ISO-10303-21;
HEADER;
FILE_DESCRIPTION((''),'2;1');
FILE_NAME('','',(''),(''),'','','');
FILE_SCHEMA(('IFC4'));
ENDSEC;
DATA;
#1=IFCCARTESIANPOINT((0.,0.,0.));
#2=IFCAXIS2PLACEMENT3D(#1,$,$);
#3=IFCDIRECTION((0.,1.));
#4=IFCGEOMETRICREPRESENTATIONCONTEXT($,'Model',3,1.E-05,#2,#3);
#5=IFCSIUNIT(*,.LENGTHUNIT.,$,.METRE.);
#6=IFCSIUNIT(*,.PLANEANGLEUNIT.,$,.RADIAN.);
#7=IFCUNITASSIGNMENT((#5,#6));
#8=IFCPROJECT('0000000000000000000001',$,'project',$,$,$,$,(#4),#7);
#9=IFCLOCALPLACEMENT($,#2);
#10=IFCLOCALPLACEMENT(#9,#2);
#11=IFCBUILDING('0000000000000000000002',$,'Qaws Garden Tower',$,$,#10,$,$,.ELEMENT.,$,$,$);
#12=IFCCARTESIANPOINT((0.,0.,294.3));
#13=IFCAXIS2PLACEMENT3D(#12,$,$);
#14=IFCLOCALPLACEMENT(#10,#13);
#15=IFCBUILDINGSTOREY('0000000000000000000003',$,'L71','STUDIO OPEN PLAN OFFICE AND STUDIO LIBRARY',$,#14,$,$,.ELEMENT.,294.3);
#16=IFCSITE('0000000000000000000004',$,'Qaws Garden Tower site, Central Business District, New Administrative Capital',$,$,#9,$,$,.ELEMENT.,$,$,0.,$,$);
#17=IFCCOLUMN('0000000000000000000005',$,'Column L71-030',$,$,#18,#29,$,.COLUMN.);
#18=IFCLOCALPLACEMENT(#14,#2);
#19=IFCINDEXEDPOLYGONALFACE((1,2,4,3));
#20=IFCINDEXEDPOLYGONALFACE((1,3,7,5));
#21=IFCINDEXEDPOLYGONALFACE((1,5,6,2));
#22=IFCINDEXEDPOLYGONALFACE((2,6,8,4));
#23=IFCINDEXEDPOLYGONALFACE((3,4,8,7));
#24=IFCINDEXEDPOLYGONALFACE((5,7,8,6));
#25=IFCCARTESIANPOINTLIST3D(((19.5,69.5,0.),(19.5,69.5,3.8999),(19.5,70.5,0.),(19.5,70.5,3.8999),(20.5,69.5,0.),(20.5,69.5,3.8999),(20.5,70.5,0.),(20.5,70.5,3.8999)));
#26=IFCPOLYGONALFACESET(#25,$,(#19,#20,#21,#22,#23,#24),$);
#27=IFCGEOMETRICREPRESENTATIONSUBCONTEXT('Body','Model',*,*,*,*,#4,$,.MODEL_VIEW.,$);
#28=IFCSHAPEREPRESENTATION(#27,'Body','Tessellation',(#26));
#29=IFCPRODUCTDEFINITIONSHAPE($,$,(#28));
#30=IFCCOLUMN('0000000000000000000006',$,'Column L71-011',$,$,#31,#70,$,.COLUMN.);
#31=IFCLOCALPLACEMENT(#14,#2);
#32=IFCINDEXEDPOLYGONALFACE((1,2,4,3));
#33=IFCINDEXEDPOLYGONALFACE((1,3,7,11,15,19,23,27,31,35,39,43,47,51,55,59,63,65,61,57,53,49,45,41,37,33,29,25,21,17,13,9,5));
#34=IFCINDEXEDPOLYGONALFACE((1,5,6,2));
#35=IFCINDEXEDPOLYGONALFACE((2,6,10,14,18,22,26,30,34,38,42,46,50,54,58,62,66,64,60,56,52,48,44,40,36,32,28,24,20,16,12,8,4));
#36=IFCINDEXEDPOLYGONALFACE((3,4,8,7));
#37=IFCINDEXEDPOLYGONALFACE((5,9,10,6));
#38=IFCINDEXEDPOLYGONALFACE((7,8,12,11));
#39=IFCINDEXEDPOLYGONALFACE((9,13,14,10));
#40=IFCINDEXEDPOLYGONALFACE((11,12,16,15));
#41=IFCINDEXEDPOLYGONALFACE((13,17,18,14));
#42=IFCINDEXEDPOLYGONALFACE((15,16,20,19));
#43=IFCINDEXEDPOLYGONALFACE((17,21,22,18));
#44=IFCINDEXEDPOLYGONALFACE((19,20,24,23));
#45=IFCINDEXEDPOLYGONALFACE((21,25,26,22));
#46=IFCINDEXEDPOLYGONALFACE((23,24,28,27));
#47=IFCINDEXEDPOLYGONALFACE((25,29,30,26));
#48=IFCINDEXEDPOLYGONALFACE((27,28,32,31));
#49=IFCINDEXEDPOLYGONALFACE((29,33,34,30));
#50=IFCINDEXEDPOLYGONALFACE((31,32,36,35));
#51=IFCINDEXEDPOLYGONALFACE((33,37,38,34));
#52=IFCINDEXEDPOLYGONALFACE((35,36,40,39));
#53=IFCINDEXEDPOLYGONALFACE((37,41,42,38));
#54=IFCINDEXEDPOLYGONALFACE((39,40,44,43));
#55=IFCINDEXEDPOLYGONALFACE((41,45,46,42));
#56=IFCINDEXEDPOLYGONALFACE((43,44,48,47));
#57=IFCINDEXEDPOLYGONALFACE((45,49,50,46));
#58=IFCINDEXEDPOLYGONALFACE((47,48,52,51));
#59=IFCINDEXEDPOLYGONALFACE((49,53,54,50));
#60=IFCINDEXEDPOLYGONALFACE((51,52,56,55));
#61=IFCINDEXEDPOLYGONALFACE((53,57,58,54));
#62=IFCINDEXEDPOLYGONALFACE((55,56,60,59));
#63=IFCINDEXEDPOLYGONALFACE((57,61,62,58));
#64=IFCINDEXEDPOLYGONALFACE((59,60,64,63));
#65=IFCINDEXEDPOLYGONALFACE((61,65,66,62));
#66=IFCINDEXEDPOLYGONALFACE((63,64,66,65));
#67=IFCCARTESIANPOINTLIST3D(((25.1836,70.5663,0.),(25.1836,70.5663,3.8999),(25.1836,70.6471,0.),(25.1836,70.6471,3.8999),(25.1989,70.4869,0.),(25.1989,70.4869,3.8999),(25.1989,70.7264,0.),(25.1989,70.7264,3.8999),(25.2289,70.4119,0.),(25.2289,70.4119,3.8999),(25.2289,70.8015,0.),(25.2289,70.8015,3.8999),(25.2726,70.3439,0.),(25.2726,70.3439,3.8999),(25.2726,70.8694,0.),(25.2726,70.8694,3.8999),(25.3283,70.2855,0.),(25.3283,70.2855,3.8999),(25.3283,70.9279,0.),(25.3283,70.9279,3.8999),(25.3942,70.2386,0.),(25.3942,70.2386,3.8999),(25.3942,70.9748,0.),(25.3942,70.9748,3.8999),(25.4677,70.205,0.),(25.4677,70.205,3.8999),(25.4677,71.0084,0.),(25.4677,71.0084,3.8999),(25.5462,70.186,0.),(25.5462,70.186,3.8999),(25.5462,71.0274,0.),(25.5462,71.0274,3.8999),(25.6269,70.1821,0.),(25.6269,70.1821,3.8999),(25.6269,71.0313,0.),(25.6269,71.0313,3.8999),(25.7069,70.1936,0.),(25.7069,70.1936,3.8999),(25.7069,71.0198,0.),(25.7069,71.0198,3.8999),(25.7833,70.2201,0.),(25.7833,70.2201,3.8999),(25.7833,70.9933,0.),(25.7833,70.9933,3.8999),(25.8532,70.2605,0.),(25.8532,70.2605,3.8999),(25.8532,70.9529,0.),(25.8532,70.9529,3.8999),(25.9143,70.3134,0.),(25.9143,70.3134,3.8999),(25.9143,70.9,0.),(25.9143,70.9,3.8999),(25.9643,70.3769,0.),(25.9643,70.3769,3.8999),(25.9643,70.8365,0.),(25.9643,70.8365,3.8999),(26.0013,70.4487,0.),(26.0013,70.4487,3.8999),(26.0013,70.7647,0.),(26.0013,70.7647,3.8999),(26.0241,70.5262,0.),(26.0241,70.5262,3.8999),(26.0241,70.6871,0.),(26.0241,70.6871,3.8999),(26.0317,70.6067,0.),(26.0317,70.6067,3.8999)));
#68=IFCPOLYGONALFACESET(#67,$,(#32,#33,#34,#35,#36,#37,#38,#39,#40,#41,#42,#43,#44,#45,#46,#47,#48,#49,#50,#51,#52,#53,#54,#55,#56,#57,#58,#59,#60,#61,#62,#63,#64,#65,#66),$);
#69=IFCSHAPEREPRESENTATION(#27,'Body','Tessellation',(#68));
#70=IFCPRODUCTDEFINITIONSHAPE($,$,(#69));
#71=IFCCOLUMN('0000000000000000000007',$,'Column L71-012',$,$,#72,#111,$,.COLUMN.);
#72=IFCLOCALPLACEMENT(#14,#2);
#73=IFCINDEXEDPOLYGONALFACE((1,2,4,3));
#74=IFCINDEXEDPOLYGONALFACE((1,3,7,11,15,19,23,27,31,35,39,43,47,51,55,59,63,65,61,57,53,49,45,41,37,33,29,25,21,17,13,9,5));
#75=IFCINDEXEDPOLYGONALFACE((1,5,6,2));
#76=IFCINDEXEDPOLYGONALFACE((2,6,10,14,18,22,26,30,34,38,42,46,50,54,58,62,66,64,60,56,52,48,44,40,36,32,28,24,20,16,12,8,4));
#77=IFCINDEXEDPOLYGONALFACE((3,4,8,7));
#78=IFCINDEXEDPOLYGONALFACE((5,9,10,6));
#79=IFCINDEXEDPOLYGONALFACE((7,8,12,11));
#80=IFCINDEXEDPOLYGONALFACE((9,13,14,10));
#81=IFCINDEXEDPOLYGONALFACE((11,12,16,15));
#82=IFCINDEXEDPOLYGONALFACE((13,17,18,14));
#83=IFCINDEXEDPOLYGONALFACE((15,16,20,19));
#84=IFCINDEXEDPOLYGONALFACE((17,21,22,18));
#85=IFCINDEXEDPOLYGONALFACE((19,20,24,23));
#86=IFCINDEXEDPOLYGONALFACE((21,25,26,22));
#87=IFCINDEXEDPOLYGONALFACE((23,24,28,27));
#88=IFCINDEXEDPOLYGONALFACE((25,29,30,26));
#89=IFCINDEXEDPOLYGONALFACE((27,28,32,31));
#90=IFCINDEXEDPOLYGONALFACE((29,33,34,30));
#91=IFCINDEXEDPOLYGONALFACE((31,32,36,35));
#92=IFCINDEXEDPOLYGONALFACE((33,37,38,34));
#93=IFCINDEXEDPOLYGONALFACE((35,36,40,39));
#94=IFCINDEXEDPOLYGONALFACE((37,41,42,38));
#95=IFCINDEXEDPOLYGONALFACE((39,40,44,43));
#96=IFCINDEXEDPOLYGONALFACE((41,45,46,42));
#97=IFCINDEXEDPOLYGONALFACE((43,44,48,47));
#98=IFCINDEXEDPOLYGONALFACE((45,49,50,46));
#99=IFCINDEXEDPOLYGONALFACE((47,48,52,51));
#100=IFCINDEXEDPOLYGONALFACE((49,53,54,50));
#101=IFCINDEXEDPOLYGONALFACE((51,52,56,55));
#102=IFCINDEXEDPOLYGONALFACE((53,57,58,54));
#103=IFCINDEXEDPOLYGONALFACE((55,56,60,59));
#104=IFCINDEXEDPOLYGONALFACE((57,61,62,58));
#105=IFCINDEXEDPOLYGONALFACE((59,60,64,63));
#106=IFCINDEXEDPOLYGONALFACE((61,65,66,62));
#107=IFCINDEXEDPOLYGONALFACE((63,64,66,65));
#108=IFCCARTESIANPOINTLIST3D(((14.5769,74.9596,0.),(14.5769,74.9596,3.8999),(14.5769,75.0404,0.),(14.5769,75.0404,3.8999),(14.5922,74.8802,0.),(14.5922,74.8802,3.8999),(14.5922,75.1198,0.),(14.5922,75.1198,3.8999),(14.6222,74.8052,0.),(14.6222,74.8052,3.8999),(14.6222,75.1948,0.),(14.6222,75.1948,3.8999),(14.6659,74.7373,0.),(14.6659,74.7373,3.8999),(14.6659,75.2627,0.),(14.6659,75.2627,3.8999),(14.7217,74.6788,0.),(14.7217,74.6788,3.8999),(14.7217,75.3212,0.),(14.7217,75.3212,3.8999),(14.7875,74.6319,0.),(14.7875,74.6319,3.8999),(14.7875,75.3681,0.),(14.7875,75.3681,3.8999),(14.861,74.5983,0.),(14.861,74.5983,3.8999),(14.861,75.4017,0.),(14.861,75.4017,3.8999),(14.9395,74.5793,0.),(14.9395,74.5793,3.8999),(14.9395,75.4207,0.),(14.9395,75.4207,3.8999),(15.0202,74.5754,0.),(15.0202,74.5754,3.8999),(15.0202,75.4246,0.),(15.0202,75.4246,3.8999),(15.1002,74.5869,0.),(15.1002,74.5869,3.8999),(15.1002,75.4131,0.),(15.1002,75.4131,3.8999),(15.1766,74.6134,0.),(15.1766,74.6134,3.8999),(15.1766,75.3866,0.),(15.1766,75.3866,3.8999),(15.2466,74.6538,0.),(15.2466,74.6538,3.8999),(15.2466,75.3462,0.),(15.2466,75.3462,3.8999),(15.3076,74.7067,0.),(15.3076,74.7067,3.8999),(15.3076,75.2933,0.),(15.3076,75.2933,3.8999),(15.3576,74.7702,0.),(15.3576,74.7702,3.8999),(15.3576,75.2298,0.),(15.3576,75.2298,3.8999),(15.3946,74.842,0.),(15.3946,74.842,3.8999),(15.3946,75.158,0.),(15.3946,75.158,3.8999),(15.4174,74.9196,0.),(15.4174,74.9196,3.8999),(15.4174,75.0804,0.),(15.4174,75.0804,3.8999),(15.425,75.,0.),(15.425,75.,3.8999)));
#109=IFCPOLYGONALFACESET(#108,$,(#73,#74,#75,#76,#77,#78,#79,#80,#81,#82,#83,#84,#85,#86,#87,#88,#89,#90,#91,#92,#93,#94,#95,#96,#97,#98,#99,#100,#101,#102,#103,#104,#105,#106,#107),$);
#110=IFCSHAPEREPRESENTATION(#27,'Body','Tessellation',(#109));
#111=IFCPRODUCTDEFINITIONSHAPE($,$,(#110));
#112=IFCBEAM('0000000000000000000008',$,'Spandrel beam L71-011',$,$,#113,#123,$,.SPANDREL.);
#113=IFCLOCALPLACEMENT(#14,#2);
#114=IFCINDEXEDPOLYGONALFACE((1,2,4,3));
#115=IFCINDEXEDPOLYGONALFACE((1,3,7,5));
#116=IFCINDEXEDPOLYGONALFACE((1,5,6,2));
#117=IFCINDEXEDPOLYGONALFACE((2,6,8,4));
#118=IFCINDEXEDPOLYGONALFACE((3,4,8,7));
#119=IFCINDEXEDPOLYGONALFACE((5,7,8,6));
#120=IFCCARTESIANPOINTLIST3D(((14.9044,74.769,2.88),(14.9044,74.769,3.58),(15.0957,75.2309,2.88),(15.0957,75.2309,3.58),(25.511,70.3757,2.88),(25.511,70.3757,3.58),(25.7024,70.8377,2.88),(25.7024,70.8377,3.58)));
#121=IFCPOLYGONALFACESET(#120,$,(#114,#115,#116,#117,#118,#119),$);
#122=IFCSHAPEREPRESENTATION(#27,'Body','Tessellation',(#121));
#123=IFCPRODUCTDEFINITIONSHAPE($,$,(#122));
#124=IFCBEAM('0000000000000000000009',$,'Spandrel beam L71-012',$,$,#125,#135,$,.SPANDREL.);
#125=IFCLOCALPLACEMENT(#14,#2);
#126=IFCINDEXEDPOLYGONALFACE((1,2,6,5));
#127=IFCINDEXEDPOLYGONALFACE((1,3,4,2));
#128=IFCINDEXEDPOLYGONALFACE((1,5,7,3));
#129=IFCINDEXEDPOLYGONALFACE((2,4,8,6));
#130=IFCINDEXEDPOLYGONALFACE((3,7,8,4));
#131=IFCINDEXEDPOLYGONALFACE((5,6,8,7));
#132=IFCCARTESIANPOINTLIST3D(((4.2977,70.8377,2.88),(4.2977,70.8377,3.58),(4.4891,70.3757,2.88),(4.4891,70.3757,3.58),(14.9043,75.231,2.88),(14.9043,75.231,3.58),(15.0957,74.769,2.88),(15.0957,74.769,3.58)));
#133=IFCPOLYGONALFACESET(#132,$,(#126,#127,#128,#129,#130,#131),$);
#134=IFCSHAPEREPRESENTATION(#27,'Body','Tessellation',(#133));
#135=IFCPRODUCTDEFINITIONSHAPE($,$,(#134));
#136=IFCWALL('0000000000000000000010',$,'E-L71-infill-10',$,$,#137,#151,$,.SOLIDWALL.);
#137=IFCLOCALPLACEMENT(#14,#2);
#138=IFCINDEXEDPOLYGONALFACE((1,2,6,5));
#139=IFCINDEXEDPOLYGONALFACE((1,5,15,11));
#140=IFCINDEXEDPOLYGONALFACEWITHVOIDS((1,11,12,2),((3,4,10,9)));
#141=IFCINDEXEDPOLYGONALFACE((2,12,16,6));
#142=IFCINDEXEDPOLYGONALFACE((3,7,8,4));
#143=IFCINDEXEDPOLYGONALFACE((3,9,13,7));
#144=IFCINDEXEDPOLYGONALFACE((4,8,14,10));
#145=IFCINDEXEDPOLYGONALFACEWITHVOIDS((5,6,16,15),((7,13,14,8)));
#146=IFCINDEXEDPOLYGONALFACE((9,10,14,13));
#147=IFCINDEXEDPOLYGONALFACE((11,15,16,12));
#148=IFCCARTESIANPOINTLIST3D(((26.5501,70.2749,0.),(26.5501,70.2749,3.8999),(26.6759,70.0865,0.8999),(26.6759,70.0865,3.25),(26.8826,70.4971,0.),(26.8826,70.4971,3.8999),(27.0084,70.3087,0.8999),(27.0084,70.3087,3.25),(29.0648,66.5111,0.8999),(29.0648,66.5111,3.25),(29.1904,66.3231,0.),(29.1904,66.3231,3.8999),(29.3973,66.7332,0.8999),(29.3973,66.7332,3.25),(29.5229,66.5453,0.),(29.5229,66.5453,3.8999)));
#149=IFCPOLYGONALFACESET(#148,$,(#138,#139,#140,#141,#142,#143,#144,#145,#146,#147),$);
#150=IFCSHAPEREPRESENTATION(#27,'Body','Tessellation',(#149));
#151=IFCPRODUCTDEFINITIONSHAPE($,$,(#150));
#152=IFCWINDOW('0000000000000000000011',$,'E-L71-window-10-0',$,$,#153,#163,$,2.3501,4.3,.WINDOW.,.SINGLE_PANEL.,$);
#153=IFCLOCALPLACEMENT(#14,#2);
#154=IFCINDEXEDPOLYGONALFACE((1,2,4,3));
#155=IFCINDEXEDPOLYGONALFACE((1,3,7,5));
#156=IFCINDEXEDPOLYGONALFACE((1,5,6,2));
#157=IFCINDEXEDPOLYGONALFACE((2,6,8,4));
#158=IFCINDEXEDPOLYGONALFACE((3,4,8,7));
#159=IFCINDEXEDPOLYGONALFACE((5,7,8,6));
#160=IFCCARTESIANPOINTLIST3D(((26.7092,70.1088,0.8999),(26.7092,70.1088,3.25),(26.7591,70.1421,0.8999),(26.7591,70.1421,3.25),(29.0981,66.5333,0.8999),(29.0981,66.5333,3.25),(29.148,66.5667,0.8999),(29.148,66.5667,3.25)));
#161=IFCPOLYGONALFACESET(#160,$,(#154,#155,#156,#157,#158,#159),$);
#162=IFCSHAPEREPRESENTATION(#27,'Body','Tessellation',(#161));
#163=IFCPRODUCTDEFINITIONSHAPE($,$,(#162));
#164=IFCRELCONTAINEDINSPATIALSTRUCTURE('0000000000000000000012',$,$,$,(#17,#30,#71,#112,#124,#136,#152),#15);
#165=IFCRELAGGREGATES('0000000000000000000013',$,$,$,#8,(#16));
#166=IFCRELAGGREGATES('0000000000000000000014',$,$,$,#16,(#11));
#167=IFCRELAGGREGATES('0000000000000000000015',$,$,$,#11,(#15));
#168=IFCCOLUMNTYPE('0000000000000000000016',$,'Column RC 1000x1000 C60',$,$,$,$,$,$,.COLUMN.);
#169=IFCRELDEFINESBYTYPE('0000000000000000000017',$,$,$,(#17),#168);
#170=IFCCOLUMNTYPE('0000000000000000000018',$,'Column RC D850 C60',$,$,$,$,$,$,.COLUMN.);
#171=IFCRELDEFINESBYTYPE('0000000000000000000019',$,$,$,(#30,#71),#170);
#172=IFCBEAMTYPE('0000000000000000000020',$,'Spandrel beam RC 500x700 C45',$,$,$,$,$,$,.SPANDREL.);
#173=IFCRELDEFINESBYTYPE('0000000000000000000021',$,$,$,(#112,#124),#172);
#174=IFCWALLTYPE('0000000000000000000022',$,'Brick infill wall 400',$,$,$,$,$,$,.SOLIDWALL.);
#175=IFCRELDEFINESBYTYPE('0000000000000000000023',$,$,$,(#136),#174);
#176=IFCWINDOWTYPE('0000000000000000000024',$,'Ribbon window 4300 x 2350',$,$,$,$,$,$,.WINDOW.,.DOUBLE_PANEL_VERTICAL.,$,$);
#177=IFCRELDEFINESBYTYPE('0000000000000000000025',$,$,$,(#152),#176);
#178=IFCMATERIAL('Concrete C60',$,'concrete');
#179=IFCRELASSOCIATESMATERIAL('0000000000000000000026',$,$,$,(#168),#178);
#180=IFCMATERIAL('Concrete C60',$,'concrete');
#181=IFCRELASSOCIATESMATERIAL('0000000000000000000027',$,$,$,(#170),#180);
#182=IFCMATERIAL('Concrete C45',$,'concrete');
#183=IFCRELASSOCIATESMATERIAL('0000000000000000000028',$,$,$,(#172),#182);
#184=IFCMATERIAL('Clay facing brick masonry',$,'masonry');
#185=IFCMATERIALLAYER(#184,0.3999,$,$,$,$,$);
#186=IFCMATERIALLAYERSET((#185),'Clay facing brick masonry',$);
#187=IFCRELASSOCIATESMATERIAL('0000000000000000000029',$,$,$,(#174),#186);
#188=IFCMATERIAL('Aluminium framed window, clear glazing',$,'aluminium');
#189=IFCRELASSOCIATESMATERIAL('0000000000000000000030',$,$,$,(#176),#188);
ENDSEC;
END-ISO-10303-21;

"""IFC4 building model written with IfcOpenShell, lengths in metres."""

from ifc_helpers import new_model, si_unit, direction, frame, frame_2d, origin, origin_2d, place, context, subcontext, project, spatial, rectangle, circle, extrude, material, layer, layer_set, material_profile, profile_set, type_object, element, fill, save


model = new_model("IFC4")

# Units and contexts
model_context = context("Model", 3, precision=1e-05, world=origin(), true_north=direction((0.0, 1.0)))
body_context = subcontext(model_context, "Body", "Model", "MODEL_VIEW")
ifc_project = project(units=[si_unit("LENGTHUNIT", "METRE"), si_unit("PLANEANGLEUNIT", "RADIAN")], contexts=[model_context])

# Site, building, storey
site_placement = place(None, origin())
site = spatial("IfcSite", under=ifc_project, at=site_placement, Name="Qaws Garden Tower site, Central Business District, New Administrative Capital", CompositionType="ELEMENT", RefElevation=0.0)
building_placement = place(site_placement, origin())
building = spatial("IfcBuilding", under=site, at=building_placement, Name="Qaws Garden Tower", CompositionType="ELEMENT")
storey_placement = place(building_placement, frame((0.0, 0.0, 294.3)))
storey = spatial("IfcBuildingStorey", under=building, at=storey_placement, Name="L71", Description="STUDIO OPEN PLAN OFFICE AND STUDIO LIBRARY", CompositionType="ELEMENT", Elevation=294.3)

# Columns
ifc_material_1 = material(Name="Concrete C60", Category="concrete")
ifc_material_profile_1 = material_profile(ifc_material_1, rectangle(XDim=1.0, YDim=1.0, at=origin_2d()), Name="RC 1000x1000")
ifc_profile_set_1 = profile_set([ifc_material_profile_1], Name="Concrete C60")
column_type_1 = type_object("IfcColumnType", Name="Column RC 1000x1000 C60", PredefinedType="COLUMN", material=ifc_profile_set_1)
column_placement = place(storey_placement, frame((20.0, 70.0, 0.0), z_axis=(0.0, 0.0, 1.0), x_axis=(1.0, 0.0, 0.0)))
element("IfcColumn", 1, at=column_placement, inside=storey, type_object=column_type_1, Name="Column L71-030", PredefinedType="COLUMN", context=body_context, shape_type="SweptSolid", body=[
    extrude(rectangle(XDim=1.0, YDim=1.0, at=origin_2d()), origin(), (0.0, 0.0, 1.0), 3.8999),
])
ifc_material_2 = material(Name="Concrete C60", Category="concrete")
ifc_material_profile_2 = material_profile(ifc_material_2, circle(Radius=0.425, at=origin_2d()), Name="RC D850")
ifc_profile_set_2 = profile_set([ifc_material_profile_2], Name="Concrete C60")
column_type_2 = type_object("IfcColumnType", Name="Column RC D850 C60", PredefinedType="COLUMN", material=ifc_profile_set_2)
for number, where, z_axis, x_axis, name in (
    (2, (25.6067, 70.6067, 0.0), (0.0, 0.0, 1.0), (1.0, 0.0, 0.0), "Column L71-011"),
    (3, (15.0, 75.0, 0.0), (0.0, 0.0, 1.0), (1.0, 0.0, 0.0), "Column L71-012"),
):
    element("IfcColumn", number, at=place(storey_placement, frame(where, z_axis=z_axis, x_axis=x_axis)), inside=storey, type_object=column_type_2, Name=name, PredefinedType="COLUMN", context=body_context, shape_type="SweptSolid", body=[
        extrude(circle(Radius=0.425, at=origin_2d()), origin(), (0.0, 0.0, 1.0), 3.8999),
    ])

# Beams
ifc_material_3 = material(Name="Concrete C45", Category="concrete")
ifc_material_profile_3 = material_profile(ifc_material_3, rectangle(XDim=0.5, YDim=0.7, at=origin_2d()), Name="RC 500x700")
ifc_profile_set_3 = profile_set([ifc_material_profile_3], Name="Concrete C45")
beam_type = type_object("IfcBeamType", Name="Spandrel beam RC 500x700 C45", PredefinedType="SPANDREL", material=ifc_profile_set_3)
for number, where, z_axis, x_axis, name in (
    (4, (25.6067, 70.6067, 3.23), (-0.923883, 0.382674, 0.0), (-0.382674, -0.923883, 0.0), "Spandrel beam L71-011"),
    (5, (15.0, 75.0, 3.23), (-0.923883, -0.382674, 0.0), (0.382674, -0.923883, 0.0), "Spandrel beam L71-012"),
):
    element("IfcBeam", number, at=place(storey_placement, frame(where, z_axis=z_axis, x_axis=x_axis)), inside=storey, type_object=beam_type, Name=name, PredefinedType="SPANDREL", context=body_context, shape_type="SweptSolid", body=[
        extrude(rectangle(XDim=0.5, YDim=0.7, at=origin_2d()), origin(), (0.0, 0.0, 1.0), 11.4805),
    ])

# Wall, opening, window
ifc_material_4 = material(Name="Clay facing brick masonry", Category="masonry")
ifc_layer_1 = layer(ifc_material_4, 0.3999)
ifc_layer_set_1 = layer_set([ifc_layer_1], Name="Clay facing brick masonry")
wall_type_1 = type_object("IfcWallType", Name="Brick infill wall 400", PredefinedType="SOLIDWALL", material=ifc_layer_set_1)
wall_1_placement = place(storey_placement, frame((29.3567, 66.4341, 0.0), z_axis=(0.0, 0.0, 1.0), x_axis=(-0.555542, 0.831489, 0.0)))
wall_1 = element("IfcWall", 6, at=wall_1_placement, inside=storey, type_object=wall_type_1, Name="E-L71-infill-10", PredefinedType="SOLIDWALL", context=body_context, shape_type="SweptSolid", body=[
    extrude(rectangle(XDim=4.7527, YDim=0.3999, at=frame_2d((2.3765, 0.0))), origin(), (0.0, 0.0, 1.0), 3.8999),
])
opening_1_placement = place(wall_1_placement, frame((0.2263, 0.0, 0.8999)))
opening_1 = element("IfcOpeningElement", 7, at=opening_1_placement, cuts=wall_1, PredefinedType="OPENING", context=body_context, shape_type="SweptSolid", body=[
    extrude(rectangle(XDim=4.3, YDim=2.3501, at=frame_2d((2.1499, 1.175))), frame((0.0, 0.21, 0.0), z_axis=(0.0, -1.0, 0.0), x_axis=(1.0, 0.0, 0.0)), (0.0, 0.0, 1.0), 0.4199),
])
ifc_material_5 = material(Name="Aluminium framed window, clear glazing", Category="aluminium")
window_type = type_object("IfcWindowType", Name="Ribbon window 4300 x 2350", PartitioningType="DOUBLE_PANEL_VERTICAL", PredefinedType="WINDOW", material=ifc_material_5)
window_1_placement = place(opening_1_placement, origin())
window_1 = element("IfcWindow", 8, at=window_1_placement, inside=storey, type_object=window_type, Name="E-L71-window-10-0", OverallHeight=2.3501, OverallWidth=4.3, PartitioningType="SINGLE_PANEL", PredefinedType="WINDOW", context=body_context, shape_type="SweptSolid", body=[
    extrude(rectangle(XDim=4.3, YDim=2.3501, at=frame_2d((2.1499, 1.175))), frame((0.0, 0.1599, 0.0), z_axis=(0.0, -1.0, 0.0), x_axis=(1.0, 0.0, 0.0)), (0.0, 0.0, 1.0), 0.0601),
])
fill(opening_1, window_1)

save(model, "model.ifc")
